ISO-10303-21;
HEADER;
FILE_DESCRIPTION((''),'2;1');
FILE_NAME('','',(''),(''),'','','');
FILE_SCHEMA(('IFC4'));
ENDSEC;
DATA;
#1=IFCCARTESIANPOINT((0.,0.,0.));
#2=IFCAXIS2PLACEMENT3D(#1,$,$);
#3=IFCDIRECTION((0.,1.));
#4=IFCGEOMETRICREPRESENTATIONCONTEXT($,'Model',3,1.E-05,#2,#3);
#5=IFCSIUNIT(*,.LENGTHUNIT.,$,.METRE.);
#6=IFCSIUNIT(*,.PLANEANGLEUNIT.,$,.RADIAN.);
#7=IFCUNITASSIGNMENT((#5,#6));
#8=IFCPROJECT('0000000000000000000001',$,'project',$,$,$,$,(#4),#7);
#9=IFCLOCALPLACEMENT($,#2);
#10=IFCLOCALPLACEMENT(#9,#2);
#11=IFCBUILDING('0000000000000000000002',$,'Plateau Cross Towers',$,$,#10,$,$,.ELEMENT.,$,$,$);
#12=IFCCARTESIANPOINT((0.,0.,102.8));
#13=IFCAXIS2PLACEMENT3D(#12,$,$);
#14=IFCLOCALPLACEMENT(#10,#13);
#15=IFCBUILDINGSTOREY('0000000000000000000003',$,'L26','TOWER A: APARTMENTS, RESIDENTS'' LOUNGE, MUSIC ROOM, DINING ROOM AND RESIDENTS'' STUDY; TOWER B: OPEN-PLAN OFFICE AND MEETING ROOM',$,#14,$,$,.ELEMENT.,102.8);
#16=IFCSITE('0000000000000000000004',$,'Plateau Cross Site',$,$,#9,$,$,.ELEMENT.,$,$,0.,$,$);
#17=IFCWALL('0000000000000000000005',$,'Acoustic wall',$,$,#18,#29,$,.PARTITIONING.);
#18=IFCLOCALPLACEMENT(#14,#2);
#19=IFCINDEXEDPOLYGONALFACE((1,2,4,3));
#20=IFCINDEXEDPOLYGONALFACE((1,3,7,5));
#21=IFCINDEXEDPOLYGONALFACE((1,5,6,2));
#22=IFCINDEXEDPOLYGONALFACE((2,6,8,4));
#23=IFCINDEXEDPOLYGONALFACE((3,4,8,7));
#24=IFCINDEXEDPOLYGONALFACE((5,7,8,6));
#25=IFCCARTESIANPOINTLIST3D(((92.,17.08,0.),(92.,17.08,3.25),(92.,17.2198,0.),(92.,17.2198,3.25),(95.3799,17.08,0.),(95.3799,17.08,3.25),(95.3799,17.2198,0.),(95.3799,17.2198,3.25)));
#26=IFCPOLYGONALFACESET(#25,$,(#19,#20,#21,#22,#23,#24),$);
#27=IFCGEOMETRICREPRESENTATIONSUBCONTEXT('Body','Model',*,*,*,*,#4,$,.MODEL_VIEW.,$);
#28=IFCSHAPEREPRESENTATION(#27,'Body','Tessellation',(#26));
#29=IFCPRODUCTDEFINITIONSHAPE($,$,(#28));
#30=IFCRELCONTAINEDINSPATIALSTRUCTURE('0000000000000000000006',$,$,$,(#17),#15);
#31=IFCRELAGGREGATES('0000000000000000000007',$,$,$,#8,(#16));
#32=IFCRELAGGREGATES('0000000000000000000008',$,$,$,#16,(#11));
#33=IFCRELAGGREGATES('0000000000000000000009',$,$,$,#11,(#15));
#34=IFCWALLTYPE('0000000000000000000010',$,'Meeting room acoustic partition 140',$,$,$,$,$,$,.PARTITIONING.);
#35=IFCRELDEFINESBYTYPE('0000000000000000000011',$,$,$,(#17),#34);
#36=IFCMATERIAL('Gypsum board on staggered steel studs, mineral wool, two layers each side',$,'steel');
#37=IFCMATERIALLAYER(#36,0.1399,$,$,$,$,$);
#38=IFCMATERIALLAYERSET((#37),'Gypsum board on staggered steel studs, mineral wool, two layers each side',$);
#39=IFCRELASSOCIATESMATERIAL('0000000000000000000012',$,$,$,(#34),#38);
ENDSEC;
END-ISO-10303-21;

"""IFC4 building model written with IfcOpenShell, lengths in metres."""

from ifc_helpers import new_model, si_unit, direction, frame, frame_2d, origin, place, context, subcontext, project, spatial, rectangle, extrude, material, layer, layer_set, type_object, element, save


model = new_model("IFC4")

# Units and contexts
model_context = context("Model", 3, precision=1e-05, world=origin(), true_north=direction((0.0, 1.0)))
body_context = subcontext(model_context, "Body", "Model", "MODEL_VIEW")
ifc_project = project(units=[si_unit("LENGTHUNIT", "METRE"), si_unit("PLANEANGLEUNIT", "RADIAN")], contexts=[model_context])

# Site, building, storey
site_placement = place(None, origin())
site = spatial("IfcSite", under=ifc_project, at=site_placement, Name="Plateau Cross Site", CompositionType="ELEMENT", RefElevation=0.0)
building_placement = place(site_placement, origin())
building = spatial("IfcBuilding", under=site, at=building_placement, Name="Plateau Cross Towers", CompositionType="ELEMENT")
storey_placement = place(building_placement, frame((0.0, 0.0, 102.8)))
storey = spatial("IfcBuildingStorey", under=building, at=storey_placement, Name="L26", Description="TOWER A: APARTMENTS, RESIDENTS' LOUNGE, MUSIC ROOM, DINING ROOM AND RESIDENTS' STUDY; TOWER B: OPEN-PLAN OFFICE AND MEETING ROOM", CompositionType="ELEMENT", Elevation=102.8)

# Wall
ifc_material_1 = material(Name="Gypsum board on staggered steel studs, mineral wool, two layers each side", Category="steel")
ifc_layer_1 = layer(ifc_material_1, 0.1399)
ifc_layer_set_1 = layer_set([ifc_layer_1], Name="Gypsum board on staggered steel studs, mineral wool, two layers each side")
wall_type_1 = type_object("IfcWallType", Name="Meeting room acoustic partition 140", PredefinedType="PARTITIONING", material=ifc_layer_set_1)
wall_1_placement = place(storey_placement, frame((92.0, 17.1499, 0.0), z_axis=(0.0, 0.0, 1.0), x_axis=(1.0, 0.0, 0.0)))
element("IfcWall", 1, at=wall_1_placement, inside=storey, type_object=wall_type_1, Name="Acoustic wall", PredefinedType="PARTITIONING", context=body_context, shape_type="SweptSolid", body=[
    extrude(rectangle(XDim=3.3799, YDim=0.1399, at=frame_2d((1.6899, 0.0))), origin(), (0.0, 0.0, 1.0), 3.25),
])

save(model, "model.ifc")
